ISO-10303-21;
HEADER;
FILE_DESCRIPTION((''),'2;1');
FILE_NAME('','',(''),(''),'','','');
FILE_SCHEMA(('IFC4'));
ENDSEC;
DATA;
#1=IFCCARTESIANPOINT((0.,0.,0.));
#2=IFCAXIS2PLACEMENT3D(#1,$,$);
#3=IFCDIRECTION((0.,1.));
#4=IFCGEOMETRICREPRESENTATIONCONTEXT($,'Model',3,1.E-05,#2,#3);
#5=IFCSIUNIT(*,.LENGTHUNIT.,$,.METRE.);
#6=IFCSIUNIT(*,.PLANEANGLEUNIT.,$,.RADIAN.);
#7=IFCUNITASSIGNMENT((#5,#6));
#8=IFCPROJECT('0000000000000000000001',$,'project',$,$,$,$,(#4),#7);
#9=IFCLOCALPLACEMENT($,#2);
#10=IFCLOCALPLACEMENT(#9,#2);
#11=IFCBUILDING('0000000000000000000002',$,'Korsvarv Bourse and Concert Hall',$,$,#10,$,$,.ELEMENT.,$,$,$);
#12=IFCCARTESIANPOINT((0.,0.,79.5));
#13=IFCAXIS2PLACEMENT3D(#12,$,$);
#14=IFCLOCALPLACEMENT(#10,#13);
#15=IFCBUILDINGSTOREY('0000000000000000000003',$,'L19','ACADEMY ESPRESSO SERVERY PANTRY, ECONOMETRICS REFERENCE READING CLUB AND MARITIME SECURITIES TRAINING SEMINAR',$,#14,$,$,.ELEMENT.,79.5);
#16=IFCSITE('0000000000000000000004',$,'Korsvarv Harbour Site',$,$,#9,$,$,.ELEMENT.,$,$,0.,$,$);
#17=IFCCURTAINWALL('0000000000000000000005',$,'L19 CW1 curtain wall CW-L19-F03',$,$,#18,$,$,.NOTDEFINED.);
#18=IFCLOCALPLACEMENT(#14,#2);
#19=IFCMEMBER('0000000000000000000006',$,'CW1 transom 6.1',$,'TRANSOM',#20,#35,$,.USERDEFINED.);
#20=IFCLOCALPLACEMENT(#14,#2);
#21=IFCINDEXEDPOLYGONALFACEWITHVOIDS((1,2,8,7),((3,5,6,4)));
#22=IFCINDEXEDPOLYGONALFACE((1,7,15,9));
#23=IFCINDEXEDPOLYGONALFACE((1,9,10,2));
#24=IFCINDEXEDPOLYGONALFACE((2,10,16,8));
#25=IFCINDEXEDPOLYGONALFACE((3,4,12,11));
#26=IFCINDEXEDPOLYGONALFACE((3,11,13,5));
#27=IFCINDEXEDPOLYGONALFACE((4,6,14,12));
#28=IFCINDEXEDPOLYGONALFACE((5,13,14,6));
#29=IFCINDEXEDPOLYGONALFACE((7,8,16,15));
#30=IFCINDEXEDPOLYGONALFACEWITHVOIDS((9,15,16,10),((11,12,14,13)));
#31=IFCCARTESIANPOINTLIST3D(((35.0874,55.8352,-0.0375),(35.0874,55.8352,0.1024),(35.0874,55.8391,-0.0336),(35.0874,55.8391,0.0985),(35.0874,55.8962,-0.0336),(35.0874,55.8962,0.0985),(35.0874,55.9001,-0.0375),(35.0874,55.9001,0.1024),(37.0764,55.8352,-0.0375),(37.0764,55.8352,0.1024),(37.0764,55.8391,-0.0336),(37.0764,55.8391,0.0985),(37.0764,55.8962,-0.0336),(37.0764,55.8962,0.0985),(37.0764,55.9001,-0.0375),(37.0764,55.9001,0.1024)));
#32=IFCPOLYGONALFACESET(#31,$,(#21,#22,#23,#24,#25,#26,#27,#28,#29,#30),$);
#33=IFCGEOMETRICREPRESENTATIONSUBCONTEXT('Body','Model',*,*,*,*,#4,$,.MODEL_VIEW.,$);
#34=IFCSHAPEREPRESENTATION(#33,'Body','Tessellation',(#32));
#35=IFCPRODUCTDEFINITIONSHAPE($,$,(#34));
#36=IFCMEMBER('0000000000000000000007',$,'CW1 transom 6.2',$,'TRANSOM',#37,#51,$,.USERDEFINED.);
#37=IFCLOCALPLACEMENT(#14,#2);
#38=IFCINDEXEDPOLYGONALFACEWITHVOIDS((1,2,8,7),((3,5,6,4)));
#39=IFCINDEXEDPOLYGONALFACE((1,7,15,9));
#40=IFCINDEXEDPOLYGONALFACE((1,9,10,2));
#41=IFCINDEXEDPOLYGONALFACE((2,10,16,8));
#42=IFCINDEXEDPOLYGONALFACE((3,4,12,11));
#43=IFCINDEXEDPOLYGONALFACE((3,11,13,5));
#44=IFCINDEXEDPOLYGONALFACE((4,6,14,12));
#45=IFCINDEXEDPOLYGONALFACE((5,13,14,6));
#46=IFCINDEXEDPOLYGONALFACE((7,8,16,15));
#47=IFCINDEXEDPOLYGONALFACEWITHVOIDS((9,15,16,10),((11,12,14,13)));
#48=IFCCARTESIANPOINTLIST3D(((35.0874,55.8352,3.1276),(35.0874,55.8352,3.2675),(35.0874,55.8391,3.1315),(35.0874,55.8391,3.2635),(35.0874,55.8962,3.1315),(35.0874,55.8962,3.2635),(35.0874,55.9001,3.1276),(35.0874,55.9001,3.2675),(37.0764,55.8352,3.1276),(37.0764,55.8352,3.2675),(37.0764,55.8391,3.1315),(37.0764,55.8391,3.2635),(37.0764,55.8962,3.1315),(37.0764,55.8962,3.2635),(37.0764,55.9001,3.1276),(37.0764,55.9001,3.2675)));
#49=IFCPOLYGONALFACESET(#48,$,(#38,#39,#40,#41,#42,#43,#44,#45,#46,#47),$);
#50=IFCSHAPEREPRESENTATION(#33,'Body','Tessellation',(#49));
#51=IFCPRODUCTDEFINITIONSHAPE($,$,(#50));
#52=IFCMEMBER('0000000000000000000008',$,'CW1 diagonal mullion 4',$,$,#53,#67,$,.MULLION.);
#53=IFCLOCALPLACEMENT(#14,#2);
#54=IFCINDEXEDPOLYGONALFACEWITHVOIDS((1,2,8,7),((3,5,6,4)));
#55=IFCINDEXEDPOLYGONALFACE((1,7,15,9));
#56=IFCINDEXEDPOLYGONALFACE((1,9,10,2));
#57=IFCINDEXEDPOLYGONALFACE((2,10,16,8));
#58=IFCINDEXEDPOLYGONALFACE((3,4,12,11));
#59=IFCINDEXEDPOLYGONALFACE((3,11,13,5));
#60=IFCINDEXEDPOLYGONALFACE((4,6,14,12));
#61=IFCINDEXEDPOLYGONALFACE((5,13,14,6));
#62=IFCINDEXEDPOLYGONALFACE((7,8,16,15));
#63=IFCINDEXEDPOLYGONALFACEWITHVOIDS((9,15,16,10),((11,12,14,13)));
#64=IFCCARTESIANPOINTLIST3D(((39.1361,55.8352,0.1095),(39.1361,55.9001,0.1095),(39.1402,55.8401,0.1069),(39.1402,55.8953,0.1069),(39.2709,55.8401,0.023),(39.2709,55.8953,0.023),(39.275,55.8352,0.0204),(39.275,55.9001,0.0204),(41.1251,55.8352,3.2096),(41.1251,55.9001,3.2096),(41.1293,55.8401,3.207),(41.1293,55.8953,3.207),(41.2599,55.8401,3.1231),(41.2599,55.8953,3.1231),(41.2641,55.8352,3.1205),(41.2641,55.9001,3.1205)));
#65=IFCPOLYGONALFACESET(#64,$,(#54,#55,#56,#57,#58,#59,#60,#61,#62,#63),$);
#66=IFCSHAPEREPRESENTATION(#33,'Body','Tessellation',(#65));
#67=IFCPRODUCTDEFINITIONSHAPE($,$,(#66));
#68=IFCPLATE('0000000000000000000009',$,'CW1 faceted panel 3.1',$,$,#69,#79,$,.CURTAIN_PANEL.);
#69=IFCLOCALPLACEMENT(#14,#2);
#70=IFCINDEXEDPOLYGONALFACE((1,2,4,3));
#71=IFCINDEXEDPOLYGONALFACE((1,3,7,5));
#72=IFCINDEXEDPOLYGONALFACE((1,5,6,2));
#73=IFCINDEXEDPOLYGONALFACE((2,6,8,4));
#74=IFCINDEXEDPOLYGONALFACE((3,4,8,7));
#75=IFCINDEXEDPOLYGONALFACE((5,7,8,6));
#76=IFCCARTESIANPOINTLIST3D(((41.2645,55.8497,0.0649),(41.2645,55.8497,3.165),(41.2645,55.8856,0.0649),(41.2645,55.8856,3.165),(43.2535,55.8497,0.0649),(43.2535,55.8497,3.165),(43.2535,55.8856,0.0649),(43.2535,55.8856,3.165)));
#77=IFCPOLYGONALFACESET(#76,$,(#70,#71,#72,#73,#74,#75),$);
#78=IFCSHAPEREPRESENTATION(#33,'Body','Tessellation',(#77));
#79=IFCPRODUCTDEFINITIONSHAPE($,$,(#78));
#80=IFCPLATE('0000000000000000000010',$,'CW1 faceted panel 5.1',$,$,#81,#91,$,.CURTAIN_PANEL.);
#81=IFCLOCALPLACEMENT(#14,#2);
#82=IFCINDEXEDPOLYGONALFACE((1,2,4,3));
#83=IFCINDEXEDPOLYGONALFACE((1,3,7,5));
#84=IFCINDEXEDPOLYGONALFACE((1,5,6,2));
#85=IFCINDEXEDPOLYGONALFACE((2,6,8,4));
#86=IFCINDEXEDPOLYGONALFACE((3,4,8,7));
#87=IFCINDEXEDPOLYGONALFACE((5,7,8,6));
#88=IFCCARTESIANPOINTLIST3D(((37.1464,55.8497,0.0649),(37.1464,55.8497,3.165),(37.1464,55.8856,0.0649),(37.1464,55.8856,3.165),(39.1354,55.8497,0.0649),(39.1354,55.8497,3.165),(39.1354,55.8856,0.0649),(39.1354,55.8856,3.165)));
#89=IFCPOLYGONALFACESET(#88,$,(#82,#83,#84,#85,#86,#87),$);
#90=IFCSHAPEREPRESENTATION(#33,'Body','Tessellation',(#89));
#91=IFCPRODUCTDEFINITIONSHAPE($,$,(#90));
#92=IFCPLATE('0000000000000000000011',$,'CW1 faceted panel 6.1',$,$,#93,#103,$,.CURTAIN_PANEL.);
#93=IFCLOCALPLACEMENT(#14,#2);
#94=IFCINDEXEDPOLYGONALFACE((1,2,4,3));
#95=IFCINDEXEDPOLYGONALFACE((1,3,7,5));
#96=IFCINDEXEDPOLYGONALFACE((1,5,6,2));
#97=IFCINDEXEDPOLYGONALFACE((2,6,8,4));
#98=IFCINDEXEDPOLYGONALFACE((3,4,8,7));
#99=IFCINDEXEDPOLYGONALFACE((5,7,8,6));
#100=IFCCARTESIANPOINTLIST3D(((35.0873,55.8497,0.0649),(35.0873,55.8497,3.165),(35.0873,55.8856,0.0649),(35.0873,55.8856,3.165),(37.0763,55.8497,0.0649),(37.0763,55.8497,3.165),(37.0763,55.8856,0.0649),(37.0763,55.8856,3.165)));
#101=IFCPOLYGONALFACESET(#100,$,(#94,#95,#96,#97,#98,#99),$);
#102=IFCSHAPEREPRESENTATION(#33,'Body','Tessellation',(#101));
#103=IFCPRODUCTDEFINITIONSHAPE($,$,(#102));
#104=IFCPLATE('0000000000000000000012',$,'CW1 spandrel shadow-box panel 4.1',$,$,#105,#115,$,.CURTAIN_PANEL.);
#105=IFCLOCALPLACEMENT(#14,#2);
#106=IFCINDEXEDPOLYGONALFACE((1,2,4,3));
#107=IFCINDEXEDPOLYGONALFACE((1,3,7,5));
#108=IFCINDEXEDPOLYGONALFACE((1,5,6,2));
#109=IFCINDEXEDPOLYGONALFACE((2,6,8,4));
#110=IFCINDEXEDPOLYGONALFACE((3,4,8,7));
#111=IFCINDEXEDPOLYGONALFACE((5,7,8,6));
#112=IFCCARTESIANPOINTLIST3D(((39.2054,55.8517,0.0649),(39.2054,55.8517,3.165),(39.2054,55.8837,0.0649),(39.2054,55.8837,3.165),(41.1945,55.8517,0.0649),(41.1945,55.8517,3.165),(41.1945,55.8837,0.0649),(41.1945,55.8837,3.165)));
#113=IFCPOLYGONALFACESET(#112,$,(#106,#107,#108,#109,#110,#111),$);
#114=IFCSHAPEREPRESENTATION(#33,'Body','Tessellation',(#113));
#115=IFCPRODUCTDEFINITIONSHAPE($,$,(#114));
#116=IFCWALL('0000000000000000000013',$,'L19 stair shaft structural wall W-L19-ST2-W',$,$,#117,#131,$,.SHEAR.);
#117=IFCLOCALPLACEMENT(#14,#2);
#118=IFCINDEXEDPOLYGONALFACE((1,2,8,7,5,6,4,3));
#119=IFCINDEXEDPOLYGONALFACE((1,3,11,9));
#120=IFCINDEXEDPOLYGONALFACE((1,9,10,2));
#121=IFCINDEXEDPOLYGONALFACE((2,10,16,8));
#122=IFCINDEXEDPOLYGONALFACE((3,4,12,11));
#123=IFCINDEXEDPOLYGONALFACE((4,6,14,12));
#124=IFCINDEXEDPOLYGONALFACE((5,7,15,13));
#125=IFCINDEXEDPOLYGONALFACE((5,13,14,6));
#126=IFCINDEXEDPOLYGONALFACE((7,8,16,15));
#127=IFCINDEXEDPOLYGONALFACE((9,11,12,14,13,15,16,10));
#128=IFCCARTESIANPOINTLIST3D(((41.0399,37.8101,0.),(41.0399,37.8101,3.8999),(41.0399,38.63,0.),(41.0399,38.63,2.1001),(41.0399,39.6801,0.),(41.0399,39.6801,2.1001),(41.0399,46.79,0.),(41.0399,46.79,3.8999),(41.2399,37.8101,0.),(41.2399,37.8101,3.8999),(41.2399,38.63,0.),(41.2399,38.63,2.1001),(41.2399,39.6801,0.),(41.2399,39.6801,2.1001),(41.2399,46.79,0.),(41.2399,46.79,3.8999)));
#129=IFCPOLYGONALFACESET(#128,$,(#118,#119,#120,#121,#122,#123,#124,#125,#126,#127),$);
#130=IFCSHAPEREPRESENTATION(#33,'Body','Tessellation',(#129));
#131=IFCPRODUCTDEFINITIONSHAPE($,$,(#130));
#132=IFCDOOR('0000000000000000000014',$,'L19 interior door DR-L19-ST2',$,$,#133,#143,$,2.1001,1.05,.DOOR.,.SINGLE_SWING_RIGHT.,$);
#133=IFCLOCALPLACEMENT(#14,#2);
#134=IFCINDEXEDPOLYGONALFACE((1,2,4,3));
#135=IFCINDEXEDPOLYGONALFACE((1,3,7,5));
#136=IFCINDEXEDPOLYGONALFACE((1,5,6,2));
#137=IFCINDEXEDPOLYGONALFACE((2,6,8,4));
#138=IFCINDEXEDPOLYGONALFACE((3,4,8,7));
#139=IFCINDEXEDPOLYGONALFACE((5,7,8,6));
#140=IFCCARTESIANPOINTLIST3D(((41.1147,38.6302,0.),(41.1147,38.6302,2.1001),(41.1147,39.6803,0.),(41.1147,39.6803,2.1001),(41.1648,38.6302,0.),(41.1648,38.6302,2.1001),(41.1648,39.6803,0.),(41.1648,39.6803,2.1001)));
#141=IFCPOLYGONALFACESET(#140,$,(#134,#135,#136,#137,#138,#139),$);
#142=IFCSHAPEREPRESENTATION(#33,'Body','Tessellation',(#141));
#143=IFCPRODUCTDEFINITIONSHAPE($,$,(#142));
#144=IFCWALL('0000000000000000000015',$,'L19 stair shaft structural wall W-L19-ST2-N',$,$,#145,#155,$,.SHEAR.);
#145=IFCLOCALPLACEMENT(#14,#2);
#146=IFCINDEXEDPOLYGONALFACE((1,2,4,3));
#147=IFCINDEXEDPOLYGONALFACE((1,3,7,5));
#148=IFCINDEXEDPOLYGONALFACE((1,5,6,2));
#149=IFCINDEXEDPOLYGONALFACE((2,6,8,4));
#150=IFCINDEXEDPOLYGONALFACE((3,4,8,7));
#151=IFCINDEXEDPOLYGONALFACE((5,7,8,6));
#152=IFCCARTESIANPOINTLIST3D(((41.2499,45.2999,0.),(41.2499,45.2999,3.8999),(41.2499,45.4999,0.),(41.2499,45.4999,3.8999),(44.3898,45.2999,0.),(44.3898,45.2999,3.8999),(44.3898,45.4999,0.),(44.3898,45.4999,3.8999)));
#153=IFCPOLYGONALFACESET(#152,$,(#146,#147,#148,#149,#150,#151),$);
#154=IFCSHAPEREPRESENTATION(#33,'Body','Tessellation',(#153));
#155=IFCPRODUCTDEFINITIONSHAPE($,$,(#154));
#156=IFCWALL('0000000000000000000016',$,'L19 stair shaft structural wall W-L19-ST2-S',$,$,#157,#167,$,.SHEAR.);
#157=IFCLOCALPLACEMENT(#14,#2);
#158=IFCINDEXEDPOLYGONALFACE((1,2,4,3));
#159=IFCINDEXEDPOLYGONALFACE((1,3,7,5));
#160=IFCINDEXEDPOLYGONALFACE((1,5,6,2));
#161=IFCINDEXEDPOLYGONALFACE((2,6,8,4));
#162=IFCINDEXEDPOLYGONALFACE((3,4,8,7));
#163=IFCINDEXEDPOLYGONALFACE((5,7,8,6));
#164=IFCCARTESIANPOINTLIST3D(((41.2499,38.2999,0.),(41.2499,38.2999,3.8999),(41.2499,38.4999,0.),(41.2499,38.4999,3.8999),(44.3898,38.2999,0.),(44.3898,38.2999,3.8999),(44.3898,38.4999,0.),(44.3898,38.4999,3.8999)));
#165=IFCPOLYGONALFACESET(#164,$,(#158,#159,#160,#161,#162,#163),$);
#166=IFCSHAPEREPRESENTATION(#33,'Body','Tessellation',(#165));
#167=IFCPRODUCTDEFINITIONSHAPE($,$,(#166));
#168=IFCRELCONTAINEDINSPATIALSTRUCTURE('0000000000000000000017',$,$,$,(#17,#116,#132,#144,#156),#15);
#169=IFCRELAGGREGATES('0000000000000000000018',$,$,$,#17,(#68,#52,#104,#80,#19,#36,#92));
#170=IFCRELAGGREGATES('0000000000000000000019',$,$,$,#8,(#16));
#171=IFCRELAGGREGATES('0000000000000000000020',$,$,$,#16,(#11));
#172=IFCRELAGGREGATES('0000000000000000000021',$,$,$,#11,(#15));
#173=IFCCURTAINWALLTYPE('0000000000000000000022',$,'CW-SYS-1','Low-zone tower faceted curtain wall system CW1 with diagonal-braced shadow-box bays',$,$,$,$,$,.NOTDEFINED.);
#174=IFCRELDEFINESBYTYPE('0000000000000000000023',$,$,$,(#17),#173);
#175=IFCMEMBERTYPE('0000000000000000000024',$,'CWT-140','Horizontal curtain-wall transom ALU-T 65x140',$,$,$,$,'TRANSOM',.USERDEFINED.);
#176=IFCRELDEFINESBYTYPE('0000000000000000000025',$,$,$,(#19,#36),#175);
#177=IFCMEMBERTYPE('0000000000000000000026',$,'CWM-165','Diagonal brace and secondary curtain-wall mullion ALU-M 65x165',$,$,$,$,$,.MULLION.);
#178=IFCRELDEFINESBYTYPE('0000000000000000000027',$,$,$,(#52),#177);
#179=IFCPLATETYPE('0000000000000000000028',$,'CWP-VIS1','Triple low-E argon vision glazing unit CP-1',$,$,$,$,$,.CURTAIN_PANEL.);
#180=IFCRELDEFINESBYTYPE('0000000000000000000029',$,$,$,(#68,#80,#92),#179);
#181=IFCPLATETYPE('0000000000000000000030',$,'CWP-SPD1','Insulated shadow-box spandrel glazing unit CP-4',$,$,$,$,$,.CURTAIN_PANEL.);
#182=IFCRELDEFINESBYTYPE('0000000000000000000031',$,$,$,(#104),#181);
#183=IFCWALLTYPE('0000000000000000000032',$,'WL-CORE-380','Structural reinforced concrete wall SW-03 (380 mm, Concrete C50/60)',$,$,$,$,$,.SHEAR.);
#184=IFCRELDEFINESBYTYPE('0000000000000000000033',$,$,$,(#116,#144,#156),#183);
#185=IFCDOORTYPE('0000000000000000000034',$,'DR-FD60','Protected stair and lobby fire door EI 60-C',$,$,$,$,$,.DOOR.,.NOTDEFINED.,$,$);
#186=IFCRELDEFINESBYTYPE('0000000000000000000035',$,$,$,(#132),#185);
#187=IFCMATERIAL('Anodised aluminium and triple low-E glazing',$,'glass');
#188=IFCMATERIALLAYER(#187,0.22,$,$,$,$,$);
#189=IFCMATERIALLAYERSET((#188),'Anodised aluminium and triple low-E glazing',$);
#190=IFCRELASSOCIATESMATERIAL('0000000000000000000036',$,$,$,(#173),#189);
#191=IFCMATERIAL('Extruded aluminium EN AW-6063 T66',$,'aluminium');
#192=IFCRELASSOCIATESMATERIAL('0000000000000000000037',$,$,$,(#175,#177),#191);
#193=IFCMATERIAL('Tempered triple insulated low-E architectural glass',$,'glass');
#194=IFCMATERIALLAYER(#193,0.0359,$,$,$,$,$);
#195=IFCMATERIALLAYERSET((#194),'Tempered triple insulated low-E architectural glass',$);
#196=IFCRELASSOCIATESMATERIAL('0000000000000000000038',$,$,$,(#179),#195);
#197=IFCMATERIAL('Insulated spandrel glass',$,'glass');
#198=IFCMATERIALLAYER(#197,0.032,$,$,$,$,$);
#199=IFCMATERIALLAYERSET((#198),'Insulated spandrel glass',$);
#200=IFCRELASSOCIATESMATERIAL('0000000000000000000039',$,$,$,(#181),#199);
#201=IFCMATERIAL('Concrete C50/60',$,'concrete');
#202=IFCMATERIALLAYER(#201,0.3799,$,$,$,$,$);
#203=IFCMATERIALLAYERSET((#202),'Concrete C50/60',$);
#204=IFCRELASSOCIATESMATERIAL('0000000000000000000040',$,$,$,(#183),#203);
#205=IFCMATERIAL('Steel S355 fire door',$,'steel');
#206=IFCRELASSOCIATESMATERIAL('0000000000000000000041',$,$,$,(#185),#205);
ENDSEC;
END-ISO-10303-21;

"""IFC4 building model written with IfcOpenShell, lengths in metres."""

from ifc_helpers import new_model, si_unit, direction, frame, frame_2d, origin, origin_2d, place, context, subcontext, project, spatial, rectangle, hollow_rectangle, extrude, source, transform, mapped, material, layer, layer_set, material_profile, profile_set, type_object, element, fill, aggregate, save


model = new_model("IFC4")

# Units and contexts
model_context = context("Model", 3, precision=1e-05, world=origin(), true_north=direction((0.0, 1.0)))
body_context = subcontext(model_context, "Body", "Model", "MODEL_VIEW")
ifc_project = project(units=[si_unit("LENGTHUNIT", "METRE"), si_unit("PLANEANGLEUNIT", "RADIAN")], contexts=[model_context])

# Site, building, storey
site_placement = place(None, origin())
site = spatial("IfcSite", under=ifc_project, at=site_placement, Name="Korsvarv Harbour Site", CompositionType="ELEMENT", RefElevation=0.0)
building_placement = place(site_placement, origin())
building = spatial("IfcBuilding", under=site, at=building_placement, Name="Korsvarv Bourse and Concert Hall", CompositionType="ELEMENT")
storey_placement = place(building_placement, frame((0.0, 0.0, 79.5)))
storey = spatial("IfcBuildingStorey", under=building, at=storey_placement, Name="L19", Description="ACADEMY ESPRESSO SERVERY PANTRY, ECONOMETRICS REFERENCE READING CLUB AND MARITIME SECURITIES TRAINING SEMINAR", CompositionType="ELEMENT", Elevation=79.5)

# Curtain wall, members, plates
ifc_material_1 = material(Name="Anodised aluminium and triple low-E glazing", Category="glass")
ifc_layer_1 = layer(ifc_material_1, 0.22)
ifc_layer_set_1 = layer_set([ifc_layer_1], Name="Anodised aluminium and triple low-E glazing")
curtain_wall_type = type_object("IfcCurtainWallType", Name="CW-SYS-1", Description="Low-zone tower faceted curtain wall system CW1 with diagonal-braced shadow-box bays", PredefinedType="NOTDEFINED", material=ifc_layer_set_1)
curtain_wall_placement = place(storey_placement, origin())
curtain_wall = element("IfcCurtainWall", 1, at=curtain_wall_placement, inside=storey, type_object=curtain_wall_type, Name="L19 CW1 curtain wall CW-L19-F03", PredefinedType="NOTDEFINED")
ifc_material_2 = material(Name="Extruded aluminium EN AW-6063 T66", Category="aluminium")
ifc_material_profile_1 = material_profile(ifc_material_2, hollow_rectangle(XDim=0.0649, YDim=0.1399, WallThickness=0.0039, at=origin_2d()), Name="ALU-T 65x140")
ifc_profile_set_1 = profile_set([ifc_material_profile_1], Name="Extruded aluminium EN AW-6063 T66")
member_type_1 = type_object("IfcMemberType", Name="CWT-140", Description="Horizontal curtain-wall transom ALU-T 65x140", ElementType="TRANSOM", PredefinedType="USERDEFINED", material=ifc_profile_set_1)
shared_shape_1 = source(origin(), body_context, "Body", "SweptSolid", [
    extrude(hollow_rectangle(XDim=0.0649, YDim=0.1399, WallThickness=0.0039, at=origin_2d()), origin(), (0.0, 0.0, 1.0), 1.989),
])
member_1_placement = place(storey_placement, frame((37.0764, 55.8677, 0.0325), z_axis=(-1.0, 0.0, 0.0), x_axis=(0.0, -1.0, 0.0)))
member_1 = element("IfcMember", 2, at=member_1_placement, type_object=member_type_1, Name="CW1 transom 6.1", ObjectType="TRANSOM", PredefinedType="USERDEFINED", context=body_context, shape_type="MappedRepresentation", body=[
    mapped(shared_shape_1, transform((0.0, 0.0, 0.0), scale=1.0)),
])
member_2_placement = place(storey_placement, frame((37.0764, 55.8677, 3.1975), z_axis=(-1.0, 0.0, 0.0), x_axis=(0.0, -1.0, 0.0)))
member_2 = element("IfcMember", 3, at=member_2_placement, type_object=member_type_1, Name="CW1 transom 6.2", ObjectType="TRANSOM", PredefinedType="USERDEFINED", context=body_context, shape_type="MappedRepresentation", body=[
    mapped(shared_shape_1, transform((0.0, 0.0, 0.0), scale=1.0)),
])
ifc_material_profile_2 = material_profile(ifc_material_2, hollow_rectangle(XDim=0.0649, YDim=0.165, WallThickness=0.0049, at=origin_2d()), Name="ALU-M 65x165")
ifc_profile_set_2 = profile_set([ifc_material_profile_2], Name="Extruded aluminium EN AW-6063 T66")
member_type_2 = type_object("IfcMemberType", Name="CWM-165", Description="Diagonal brace and secondary curtain-wall mullion ALU-M 65x165", PredefinedType="MULLION", material=ifc_profile_set_2)
shared_shape_2 = source(origin(), body_context, "Body", "SweptSolid", [
    extrude(hollow_rectangle(XDim=0.0649, YDim=0.165, WallThickness=0.0049, at=origin_2d()), origin(), (0.0, 0.0, 1.0), 3.6833),
])
member_3_placement = place(storey_placement, frame((39.2056, 55.8677, 0.0649), z_axis=(0.540007, 0.0, 0.841661), x_axis=(0.0, 1.0, 0.0)))
member_3 = element("IfcMember", 4, at=member_3_placement, type_object=member_type_2, Name="CW1 diagonal mullion 4", PredefinedType="MULLION", context=body_context, shape_type="MappedRepresentation", body=[
    mapped(shared_shape_2, transform((0.0, 0.0, 0.0), scale=1.0)),
])
ifc_material_3 = material(Name="Tempered triple insulated low-E architectural glass", Category="glass")
ifc_layer_2 = layer(ifc_material_3, 0.0359)
ifc_layer_set_2 = layer_set([ifc_layer_2], Name="Tempered triple insulated low-E architectural glass")
plate_type_1 = type_object("IfcPlateType", Name="CWP-VIS1", Description="Triple low-E argon vision glazing unit CP-1", PredefinedType="CURTAIN_PANEL", material=ifc_layer_set_2)
shared_shape_3 = source(origin(), body_context, "Body", "SweptSolid", [
    extrude(rectangle(XDim=1.989, YDim=0.0359, at=origin_2d()), origin(), (0.0, 0.0, 1.0), 3.1001),
])
plate_1_placement = place(storey_placement, frame((42.259, 55.8677, 0.0649), z_axis=(0.0, 0.0, 1.0), x_axis=(-1.0, 0.0, 0.0)))
plate_1 = element("IfcPlate", 5, at=plate_1_placement, type_object=plate_type_1, Name="CW1 faceted panel 3.1", PredefinedType="CURTAIN_PANEL", context=body_context, shape_type="MappedRepresentation", body=[
    mapped(shared_shape_3, transform((0.0, 0.0, 0.0), scale=1.0)),
])
plate_2_placement = place(storey_placement, frame((38.1409, 55.8677, 0.0649), z_axis=(0.0, 0.0, 1.0), x_axis=(-1.0, 0.0, 0.0)))
plate_2 = element("IfcPlate", 6, at=plate_2_placement, type_object=plate_type_1, Name="CW1 faceted panel 5.1", PredefinedType="CURTAIN_PANEL", context=body_context, shape_type="MappedRepresentation", body=[
    mapped(shared_shape_3, transform((0.0, 0.0, 0.0), scale=1.0)),
])
plate_3_placement = place(storey_placement, frame((36.0818, 55.8677, 0.0649), z_axis=(0.0, 0.0, 1.0), x_axis=(-1.0, 0.0, 0.0)))
plate_3 = element("IfcPlate", 7, at=plate_3_placement, type_object=plate_type_1, Name="CW1 faceted panel 6.1", PredefinedType="CURTAIN_PANEL", context=body_context, shape_type="MappedRepresentation", body=[
    mapped(shared_shape_3, transform((0.0, 0.0, 0.0), scale=1.0)),
])
ifc_material_4 = material(Name="Insulated spandrel glass", Category="glass")
ifc_layer_3 = layer(ifc_material_4, 0.032)
ifc_layer_set_3 = layer_set([ifc_layer_3], Name="Insulated spandrel glass")
plate_type_2 = type_object("IfcPlateType", Name="CWP-SPD1", Description="Insulated shadow-box spandrel glazing unit CP-4", PredefinedType="CURTAIN_PANEL", material=ifc_layer_set_3)
shared_shape_4 = source(origin(), body_context, "Body", "SweptSolid", [
    extrude(rectangle(XDim=1.989, YDim=0.032, at=origin_2d()), origin(), (0.0, 0.0, 1.0), 3.1001),
])
plate_4_placement = place(storey_placement, frame((40.2, 55.8677, 0.0649), z_axis=(0.0, 0.0, 1.0), x_axis=(-1.0, 0.0, 0.0)))
plate_4 = element("IfcPlate", 8, at=plate_4_placement, type_object=plate_type_2, Name="CW1 spandrel shadow-box panel 4.1", PredefinedType="CURTAIN_PANEL", context=body_context, shape_type="MappedRepresentation", body=[
    mapped(shared_shape_4, transform((0.0, 0.0, 0.0), scale=1.0)),
])
aggregate(curtain_wall, [plate_1, member_3, plate_4, plate_2, member_1, member_2, plate_3])

# Wall, opening, door
ifc_material_5 = material(Name="Concrete C50/60", Category="concrete")
ifc_layer_4 = layer(ifc_material_5, 0.3799)
ifc_layer_set_4 = layer_set([ifc_layer_4], Name="Concrete C50/60")
wall_type_1 = type_object("IfcWallType", Name="WL-CORE-380", Description="Structural reinforced concrete wall SW-03 (380 mm, Concrete C50/60)", PredefinedType="SHEAR", material=ifc_layer_set_4)
wall_1_placement = place(storey_placement, frame((41.1399, 37.8101, 0.0), z_axis=(0.0, 0.0, 1.0), x_axis=(0.0, 1.0, 0.0)))
wall_1 = element("IfcWall", 9, at=wall_1_placement, inside=storey, type_object=wall_type_1, Name="L19 stair shaft structural wall W-L19-ST2-W", PredefinedType="SHEAR", context=body_context, shape_type="SweptSolid", body=[
    extrude(rectangle(XDim=8.98, YDim=0.2, at=frame_2d((4.49, 0.0))), origin(), (0.0, 0.0, 1.0), 3.8999),
])
opening_1_placement = place(wall_1_placement, frame((0.8201, 0.0, 0.0)))
opening_1 = element("IfcOpeningElement", 10, at=opening_1_placement, cuts=wall_1, PredefinedType="OPENING", context=body_context, shape_type="SweptSolid", body=[
    extrude(rectangle(XDim=1.05, YDim=2.1001, at=frame_2d((0.5249, 1.05))), frame((0.0, 0.1099, 0.0), z_axis=(0.0, -1.0, 0.0), x_axis=(1.0, 0.0, 0.0)), (0.0, 0.0, 1.0), 0.22),
])
ifc_material_6 = material(Name="Steel S355 fire door", Category="steel")
door_type_1 = type_object("IfcDoorType", Name="DR-FD60", Description="Protected stair and lobby fire door EI 60-C", OperationType="NOTDEFINED", PredefinedType="DOOR", material=ifc_material_6)
door_1_placement = place(opening_1_placement, frame((1.05, 0.0, 0.0), z_axis=(0.0, 0.0, 1.0), x_axis=(-1.0, 0.0, 0.0)))
door_1 = element("IfcDoor", 11, at=door_1_placement, inside=storey, type_object=door_type_1, Name="L19 interior door DR-L19-ST2", OperationType="SINGLE_SWING_RIGHT", OverallHeight=2.1001, OverallWidth=1.05, PredefinedType="DOOR", context=body_context, shape_type="SweptSolid", body=[
    extrude(rectangle(XDim=1.05, YDim=2.1001, at=frame_2d((0.5249, 1.05))), frame((0.0, 0.0249, 0.0), z_axis=(0.0, -1.0, 0.0), x_axis=(1.0, 0.0, 0.0)), (0.0, 0.0, 1.0), 0.05),
])
fill(opening_1, door_1)

# Walls
for number, where, z_axis, x_axis, name in (
    (12, (41.25, 45.3999, 0.0), (0.0, 0.0, 1.0), (1.0, 0.0, 0.0), "L19 stair shaft structural wall W-L19-ST2-N"),
    (13, (41.25, 38.3999, 0.0), (0.0, 0.0, 1.0), (1.0, 0.0, 0.0), "L19 stair shaft structural wall W-L19-ST2-S"),
):
    element("IfcWall", number, at=place(storey_placement, frame(where, z_axis=z_axis, x_axis=x_axis)), inside=storey, type_object=wall_type_1, Name=name, PredefinedType="SHEAR", context=body_context, shape_type="SweptSolid", body=[
        extrude(rectangle(XDim=3.1399, YDim=0.2, at=frame_2d((1.5698, 0.0))), origin(), (0.0, 0.0, 1.0), 3.8999),
    ])

save(model, "model.ifc")
